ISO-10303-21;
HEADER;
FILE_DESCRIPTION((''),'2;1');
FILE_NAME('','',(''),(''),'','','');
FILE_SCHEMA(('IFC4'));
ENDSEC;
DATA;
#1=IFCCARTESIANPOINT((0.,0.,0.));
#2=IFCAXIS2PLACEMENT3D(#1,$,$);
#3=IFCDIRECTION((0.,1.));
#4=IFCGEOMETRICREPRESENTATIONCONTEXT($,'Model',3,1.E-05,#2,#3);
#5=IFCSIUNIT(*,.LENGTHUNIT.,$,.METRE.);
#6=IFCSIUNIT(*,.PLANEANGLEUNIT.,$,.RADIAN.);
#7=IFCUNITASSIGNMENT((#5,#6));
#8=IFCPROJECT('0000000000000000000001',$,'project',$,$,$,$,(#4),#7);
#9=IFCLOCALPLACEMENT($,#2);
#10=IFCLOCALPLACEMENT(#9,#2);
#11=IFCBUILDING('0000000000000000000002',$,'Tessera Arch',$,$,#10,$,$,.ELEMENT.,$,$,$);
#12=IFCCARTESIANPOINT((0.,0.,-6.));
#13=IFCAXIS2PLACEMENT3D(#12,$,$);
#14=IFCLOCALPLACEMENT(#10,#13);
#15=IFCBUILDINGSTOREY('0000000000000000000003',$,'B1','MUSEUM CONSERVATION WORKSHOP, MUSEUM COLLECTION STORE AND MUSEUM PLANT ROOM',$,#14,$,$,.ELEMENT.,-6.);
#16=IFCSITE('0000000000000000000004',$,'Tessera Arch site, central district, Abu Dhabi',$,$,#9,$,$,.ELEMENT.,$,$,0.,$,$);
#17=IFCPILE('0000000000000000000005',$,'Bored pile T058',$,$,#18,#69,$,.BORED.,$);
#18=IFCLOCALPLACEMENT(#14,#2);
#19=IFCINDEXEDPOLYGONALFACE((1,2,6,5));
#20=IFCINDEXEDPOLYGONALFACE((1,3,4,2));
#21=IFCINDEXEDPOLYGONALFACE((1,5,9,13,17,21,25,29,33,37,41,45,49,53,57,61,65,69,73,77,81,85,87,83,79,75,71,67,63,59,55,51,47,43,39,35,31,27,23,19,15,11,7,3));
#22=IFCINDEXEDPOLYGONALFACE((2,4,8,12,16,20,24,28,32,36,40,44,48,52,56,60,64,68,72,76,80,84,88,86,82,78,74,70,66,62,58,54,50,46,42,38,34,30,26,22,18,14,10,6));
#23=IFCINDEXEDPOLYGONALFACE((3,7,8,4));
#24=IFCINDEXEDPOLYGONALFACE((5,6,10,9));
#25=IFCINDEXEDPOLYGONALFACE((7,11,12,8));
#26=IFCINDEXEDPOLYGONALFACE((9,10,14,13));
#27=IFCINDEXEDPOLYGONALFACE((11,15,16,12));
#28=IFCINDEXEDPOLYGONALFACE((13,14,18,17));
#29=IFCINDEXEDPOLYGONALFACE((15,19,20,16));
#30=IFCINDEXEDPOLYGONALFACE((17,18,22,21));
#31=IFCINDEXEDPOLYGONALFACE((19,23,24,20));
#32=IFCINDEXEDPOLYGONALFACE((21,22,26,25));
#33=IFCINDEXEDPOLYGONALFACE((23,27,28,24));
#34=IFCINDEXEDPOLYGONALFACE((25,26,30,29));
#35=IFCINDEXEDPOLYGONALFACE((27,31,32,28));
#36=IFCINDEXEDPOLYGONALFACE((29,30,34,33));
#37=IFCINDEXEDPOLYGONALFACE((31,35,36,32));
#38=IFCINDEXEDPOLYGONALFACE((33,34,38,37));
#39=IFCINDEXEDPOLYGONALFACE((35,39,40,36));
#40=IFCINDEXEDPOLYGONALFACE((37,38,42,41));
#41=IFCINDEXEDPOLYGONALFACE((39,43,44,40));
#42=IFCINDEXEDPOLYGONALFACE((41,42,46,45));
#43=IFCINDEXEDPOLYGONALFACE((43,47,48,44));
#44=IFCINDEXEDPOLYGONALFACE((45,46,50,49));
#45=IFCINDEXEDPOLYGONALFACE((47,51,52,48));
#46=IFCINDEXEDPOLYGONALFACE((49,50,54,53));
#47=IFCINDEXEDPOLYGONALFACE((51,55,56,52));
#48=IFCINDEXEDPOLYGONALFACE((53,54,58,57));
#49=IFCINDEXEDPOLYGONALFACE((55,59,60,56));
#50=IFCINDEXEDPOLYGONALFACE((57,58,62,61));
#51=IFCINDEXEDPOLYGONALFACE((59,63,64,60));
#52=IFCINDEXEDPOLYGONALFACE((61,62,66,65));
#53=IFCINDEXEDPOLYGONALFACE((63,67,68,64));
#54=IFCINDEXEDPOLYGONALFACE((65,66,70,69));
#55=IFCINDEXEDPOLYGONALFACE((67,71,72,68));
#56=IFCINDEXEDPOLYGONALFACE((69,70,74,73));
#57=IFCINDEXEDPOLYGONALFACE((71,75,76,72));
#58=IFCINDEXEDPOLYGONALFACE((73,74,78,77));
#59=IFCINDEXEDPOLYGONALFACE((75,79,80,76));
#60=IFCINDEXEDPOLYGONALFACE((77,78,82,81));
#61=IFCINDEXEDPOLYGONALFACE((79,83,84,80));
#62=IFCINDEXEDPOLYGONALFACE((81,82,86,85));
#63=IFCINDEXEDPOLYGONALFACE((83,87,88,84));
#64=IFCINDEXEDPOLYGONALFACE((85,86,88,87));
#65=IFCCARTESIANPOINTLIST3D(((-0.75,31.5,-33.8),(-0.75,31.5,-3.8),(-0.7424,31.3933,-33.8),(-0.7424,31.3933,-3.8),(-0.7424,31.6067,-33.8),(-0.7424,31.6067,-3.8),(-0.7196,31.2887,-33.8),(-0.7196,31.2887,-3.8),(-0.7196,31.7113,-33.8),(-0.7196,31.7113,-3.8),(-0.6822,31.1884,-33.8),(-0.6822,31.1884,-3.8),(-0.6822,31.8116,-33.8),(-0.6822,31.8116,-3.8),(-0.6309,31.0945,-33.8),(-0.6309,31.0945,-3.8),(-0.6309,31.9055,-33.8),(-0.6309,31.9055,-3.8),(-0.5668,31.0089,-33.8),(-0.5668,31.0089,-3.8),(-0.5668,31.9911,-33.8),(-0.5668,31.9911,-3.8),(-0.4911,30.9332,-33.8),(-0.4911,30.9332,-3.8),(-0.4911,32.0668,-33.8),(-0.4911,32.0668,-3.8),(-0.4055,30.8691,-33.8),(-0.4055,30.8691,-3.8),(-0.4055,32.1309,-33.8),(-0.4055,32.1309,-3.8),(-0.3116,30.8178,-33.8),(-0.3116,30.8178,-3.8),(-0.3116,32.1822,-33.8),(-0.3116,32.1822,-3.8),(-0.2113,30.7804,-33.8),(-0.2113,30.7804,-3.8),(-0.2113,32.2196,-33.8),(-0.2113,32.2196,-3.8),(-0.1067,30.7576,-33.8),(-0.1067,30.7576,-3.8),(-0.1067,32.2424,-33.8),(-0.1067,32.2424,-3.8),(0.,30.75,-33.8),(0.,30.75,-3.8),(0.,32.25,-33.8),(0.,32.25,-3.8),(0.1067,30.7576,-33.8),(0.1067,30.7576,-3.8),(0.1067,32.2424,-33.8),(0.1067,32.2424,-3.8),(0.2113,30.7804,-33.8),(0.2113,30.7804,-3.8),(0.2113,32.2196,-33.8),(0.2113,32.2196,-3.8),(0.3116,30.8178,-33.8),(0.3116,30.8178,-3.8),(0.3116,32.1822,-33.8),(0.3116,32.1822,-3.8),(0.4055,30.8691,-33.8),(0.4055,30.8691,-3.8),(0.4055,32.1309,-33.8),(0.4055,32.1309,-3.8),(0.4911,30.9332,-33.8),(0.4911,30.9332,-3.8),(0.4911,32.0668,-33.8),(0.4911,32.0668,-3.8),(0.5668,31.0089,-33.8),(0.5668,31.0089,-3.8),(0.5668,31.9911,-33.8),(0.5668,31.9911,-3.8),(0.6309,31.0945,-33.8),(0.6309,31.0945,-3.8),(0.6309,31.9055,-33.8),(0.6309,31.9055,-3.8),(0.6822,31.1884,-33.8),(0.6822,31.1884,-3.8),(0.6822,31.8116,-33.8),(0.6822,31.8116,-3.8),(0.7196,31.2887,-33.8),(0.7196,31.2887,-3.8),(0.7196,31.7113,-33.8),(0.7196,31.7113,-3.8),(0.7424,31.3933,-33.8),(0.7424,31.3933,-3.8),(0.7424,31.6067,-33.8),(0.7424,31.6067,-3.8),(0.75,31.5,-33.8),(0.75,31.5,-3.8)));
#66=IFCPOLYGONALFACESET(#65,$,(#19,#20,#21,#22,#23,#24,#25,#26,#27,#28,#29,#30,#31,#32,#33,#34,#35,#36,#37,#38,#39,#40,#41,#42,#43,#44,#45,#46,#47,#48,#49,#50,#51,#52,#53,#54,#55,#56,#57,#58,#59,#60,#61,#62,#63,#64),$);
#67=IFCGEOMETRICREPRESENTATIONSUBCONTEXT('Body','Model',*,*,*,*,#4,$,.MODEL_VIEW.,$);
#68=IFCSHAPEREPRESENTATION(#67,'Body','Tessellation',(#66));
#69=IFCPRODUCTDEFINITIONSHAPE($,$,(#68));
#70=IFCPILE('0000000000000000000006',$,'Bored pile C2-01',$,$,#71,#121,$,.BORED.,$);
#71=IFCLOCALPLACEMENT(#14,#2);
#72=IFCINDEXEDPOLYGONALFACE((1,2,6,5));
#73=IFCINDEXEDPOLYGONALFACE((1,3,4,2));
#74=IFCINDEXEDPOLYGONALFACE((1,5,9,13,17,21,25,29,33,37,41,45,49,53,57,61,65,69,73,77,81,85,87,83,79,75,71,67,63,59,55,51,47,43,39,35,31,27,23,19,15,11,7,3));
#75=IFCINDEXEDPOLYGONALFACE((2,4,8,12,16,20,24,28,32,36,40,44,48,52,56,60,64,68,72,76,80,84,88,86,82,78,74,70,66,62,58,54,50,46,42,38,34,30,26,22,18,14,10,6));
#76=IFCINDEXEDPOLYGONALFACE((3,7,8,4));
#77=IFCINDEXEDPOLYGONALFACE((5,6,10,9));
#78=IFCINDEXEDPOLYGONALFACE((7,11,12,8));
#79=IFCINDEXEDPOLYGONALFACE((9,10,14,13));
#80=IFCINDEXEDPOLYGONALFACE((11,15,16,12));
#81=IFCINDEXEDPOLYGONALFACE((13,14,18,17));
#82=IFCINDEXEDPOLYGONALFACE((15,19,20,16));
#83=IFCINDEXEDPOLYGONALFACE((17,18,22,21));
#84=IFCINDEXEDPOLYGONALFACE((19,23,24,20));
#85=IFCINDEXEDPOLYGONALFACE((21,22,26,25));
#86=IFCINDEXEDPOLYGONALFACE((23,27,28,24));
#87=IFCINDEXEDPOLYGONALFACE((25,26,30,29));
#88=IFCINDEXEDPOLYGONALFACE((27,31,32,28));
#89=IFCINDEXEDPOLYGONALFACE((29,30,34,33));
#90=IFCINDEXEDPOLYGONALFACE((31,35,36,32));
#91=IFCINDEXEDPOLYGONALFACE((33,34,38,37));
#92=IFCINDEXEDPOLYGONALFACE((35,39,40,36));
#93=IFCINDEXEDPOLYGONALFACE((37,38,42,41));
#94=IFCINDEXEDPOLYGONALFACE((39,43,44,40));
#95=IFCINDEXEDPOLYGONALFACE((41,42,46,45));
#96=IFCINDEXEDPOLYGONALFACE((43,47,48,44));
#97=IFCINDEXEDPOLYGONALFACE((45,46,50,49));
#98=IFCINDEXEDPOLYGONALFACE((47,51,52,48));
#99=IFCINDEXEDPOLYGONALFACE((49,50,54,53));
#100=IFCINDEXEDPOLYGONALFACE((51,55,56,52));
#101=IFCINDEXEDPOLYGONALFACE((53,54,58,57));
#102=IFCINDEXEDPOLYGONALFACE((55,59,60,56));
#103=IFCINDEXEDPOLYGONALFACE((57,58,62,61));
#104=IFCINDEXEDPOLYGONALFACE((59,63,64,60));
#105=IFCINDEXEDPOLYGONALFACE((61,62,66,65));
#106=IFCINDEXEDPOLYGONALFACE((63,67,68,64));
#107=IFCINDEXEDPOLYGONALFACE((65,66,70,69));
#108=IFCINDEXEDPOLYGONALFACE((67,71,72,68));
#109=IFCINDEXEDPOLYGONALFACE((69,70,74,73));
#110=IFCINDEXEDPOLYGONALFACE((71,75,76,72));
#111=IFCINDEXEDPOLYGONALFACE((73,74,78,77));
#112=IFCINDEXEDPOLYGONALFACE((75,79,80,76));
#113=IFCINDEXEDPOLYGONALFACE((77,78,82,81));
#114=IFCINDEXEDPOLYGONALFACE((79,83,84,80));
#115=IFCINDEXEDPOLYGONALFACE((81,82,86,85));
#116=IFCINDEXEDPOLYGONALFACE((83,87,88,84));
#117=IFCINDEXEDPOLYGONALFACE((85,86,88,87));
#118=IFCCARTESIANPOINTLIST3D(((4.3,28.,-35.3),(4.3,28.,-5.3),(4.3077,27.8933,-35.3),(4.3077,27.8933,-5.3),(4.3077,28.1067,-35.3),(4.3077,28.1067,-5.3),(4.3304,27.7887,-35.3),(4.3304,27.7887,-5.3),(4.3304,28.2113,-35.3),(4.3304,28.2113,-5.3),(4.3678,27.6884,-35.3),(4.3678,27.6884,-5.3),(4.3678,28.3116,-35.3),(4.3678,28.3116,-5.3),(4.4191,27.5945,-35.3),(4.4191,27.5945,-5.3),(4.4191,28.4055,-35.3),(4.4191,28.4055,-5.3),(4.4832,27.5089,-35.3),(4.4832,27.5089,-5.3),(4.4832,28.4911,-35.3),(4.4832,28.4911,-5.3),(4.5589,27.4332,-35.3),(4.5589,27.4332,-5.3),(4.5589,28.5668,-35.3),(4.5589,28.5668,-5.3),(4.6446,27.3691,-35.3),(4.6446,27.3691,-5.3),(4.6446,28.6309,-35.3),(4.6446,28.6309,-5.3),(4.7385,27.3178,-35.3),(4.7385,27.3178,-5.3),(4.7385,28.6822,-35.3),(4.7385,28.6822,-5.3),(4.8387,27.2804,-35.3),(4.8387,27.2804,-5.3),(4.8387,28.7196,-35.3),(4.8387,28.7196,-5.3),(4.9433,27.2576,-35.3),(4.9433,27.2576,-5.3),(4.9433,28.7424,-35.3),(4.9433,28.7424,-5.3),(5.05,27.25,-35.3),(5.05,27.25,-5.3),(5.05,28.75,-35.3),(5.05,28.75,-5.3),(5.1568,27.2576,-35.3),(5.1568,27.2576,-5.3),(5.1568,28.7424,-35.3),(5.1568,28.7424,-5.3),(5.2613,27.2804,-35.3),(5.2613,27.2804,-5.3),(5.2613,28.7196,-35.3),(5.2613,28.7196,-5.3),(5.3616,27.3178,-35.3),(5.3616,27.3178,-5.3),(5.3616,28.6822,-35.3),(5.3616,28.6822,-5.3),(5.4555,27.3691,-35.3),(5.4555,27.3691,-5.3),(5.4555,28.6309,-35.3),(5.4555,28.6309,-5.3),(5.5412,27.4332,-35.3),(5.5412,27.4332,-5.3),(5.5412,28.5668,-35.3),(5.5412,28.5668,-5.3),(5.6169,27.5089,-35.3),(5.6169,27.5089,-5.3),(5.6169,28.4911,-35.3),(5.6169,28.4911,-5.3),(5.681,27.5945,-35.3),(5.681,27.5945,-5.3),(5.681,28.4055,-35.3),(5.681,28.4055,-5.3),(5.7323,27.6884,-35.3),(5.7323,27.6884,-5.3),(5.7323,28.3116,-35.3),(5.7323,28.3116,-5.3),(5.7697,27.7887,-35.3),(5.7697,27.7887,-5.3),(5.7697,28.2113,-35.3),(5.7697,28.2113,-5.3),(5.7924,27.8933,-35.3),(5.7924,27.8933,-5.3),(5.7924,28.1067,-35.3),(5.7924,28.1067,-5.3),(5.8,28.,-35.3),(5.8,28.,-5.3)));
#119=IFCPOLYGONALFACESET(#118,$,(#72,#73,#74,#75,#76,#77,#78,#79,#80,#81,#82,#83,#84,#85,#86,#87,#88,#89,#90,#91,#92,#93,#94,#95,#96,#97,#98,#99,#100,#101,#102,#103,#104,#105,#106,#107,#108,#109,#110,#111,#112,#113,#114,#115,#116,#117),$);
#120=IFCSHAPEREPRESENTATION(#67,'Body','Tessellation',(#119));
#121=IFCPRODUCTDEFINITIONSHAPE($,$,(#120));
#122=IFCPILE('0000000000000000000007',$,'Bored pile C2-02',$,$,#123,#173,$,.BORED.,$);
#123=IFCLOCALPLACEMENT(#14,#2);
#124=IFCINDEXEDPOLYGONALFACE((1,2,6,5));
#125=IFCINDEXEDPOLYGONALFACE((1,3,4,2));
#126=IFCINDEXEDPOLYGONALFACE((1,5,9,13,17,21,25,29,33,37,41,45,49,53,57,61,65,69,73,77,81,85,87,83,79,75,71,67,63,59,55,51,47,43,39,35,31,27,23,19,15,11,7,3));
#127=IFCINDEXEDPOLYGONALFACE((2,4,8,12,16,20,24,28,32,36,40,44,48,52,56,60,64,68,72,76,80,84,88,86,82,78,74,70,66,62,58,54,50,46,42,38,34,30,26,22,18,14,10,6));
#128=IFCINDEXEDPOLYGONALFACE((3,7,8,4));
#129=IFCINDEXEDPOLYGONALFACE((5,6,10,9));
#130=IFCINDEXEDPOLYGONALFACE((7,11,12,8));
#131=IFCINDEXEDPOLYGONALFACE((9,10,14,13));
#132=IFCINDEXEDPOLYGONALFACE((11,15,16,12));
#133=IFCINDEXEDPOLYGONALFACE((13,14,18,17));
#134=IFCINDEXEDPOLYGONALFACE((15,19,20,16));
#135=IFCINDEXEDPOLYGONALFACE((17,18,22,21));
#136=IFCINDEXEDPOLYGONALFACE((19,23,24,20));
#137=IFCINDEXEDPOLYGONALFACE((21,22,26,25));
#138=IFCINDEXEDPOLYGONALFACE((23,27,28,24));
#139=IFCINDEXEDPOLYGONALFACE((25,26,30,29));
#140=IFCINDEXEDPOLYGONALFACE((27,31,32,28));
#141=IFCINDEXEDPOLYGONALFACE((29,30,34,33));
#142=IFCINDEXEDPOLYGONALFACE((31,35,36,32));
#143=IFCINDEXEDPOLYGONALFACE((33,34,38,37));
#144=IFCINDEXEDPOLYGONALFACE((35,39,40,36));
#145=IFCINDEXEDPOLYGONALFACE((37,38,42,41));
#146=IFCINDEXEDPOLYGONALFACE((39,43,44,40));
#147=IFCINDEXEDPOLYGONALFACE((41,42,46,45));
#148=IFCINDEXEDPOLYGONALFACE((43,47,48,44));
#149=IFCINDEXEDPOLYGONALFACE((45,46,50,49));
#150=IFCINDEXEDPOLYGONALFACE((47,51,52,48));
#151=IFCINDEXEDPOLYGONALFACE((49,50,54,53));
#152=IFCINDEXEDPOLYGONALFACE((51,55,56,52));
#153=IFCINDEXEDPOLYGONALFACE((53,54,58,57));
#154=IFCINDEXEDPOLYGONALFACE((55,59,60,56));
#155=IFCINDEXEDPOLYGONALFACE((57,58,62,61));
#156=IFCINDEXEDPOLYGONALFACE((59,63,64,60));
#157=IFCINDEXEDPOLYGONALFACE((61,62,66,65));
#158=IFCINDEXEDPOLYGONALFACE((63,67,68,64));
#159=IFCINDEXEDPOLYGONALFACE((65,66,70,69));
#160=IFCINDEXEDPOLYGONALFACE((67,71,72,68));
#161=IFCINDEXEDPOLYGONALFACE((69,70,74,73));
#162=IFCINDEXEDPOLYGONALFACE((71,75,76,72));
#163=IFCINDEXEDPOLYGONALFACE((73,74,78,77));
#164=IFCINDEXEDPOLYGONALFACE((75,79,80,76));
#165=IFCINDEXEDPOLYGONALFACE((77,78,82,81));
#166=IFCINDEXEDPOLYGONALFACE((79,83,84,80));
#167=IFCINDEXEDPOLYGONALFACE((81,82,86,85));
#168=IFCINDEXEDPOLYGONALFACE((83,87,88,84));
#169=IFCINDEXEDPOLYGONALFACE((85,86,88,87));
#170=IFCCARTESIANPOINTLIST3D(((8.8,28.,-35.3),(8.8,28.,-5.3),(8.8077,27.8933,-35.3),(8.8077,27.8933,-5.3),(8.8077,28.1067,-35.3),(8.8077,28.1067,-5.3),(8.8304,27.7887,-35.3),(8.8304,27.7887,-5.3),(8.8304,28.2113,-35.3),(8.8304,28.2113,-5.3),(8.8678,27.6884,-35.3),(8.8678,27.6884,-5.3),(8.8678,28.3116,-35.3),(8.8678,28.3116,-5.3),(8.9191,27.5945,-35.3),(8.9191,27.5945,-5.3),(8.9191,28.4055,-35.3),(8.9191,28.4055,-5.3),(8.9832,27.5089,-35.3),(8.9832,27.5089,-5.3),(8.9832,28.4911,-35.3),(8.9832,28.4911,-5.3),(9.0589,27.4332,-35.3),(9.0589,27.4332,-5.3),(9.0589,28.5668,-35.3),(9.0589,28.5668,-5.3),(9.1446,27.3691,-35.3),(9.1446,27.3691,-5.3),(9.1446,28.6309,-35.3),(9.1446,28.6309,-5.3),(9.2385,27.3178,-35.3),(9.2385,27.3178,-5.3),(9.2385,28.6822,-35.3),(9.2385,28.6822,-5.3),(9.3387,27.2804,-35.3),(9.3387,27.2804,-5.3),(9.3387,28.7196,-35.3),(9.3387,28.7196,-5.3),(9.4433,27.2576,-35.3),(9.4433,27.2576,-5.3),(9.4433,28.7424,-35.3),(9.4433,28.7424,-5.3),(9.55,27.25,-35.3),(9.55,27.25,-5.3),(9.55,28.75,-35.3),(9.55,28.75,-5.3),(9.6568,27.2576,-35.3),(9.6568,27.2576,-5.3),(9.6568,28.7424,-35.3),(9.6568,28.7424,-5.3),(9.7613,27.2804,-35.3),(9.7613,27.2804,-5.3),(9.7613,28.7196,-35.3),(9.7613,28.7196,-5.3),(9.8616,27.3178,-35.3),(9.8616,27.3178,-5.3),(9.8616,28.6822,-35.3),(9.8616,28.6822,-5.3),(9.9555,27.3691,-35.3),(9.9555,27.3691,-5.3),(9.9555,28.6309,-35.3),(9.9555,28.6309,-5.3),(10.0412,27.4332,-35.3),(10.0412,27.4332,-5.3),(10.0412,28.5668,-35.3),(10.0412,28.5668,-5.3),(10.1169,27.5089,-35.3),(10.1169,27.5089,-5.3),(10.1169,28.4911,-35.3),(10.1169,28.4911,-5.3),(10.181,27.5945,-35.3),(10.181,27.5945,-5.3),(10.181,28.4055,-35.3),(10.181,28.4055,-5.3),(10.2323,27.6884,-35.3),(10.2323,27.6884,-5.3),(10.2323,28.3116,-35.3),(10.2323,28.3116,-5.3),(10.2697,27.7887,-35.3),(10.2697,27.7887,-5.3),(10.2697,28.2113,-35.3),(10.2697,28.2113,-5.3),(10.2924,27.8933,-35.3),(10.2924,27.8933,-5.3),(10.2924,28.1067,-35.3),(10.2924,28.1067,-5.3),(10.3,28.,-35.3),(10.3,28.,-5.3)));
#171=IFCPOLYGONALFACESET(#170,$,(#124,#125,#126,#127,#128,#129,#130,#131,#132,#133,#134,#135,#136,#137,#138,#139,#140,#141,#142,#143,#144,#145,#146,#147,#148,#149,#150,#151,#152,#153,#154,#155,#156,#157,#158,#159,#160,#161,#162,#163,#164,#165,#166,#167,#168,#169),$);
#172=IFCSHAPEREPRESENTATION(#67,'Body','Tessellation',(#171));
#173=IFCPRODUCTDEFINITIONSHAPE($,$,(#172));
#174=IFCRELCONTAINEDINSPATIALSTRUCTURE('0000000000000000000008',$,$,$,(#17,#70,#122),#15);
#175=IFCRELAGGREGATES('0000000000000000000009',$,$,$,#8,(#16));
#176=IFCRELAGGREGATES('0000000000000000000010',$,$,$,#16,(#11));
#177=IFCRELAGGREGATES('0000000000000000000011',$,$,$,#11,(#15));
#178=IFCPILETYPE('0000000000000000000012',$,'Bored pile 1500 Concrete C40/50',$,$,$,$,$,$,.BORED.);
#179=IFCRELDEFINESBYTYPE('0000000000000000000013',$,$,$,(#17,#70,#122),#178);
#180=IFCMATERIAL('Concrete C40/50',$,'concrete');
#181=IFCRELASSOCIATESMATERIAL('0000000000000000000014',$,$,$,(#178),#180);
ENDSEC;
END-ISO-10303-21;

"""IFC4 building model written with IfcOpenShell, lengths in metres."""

from ifc_helpers import new_model, si_unit, direction, frame, origin, origin_2d, place, context, subcontext, project, spatial, circle, extrude, material, type_object, element, save


model = new_model("IFC4")

# Units and contexts
model_context = context("Model", 3, precision=1e-05, world=origin(), true_north=direction((0.0, 1.0)))
body_context = subcontext(model_context, "Body", "Model", "MODEL_VIEW")
ifc_project = project(units=[si_unit("LENGTHUNIT", "METRE"), si_unit("PLANEANGLEUNIT", "RADIAN")], contexts=[model_context])

# Site, building, storey
site_placement = place(None, origin())
site = spatial("IfcSite", under=ifc_project, at=site_placement, Name="Tessera Arch site, central district, Abu Dhabi", CompositionType="ELEMENT", RefElevation=0.0)
building_placement = place(site_placement, origin())
building = spatial("IfcBuilding", under=site, at=building_placement, Name="Tessera Arch", CompositionType="ELEMENT")
storey_placement = place(building_placement, frame((0.0, 0.0, -6.0)))
storey = spatial("IfcBuildingStorey", under=building, at=storey_placement, Name="B1", Description="MUSEUM CONSERVATION WORKSHOP, MUSEUM COLLECTION STORE AND MUSEUM PLANT ROOM", CompositionType="ELEMENT", Elevation=-6.0)

# Piles
ifc_material_1 = material(Name="Concrete C40/50", Category="concrete")
pile_type_1 = type_object("IfcPileType", Name="Bored pile 1500 Concrete C40/50", PredefinedType="BORED", material=ifc_material_1)
for number, where, z_axis, x_axis, name in (
    (1, (0.0, 31.5, -3.8), (0.0, 0.0, -1.0), (1.0, 0.0, 0.0), "Bored pile T058"),
    (2, (5.05, 28.0, -5.3), (0.0, 0.0, -1.0), (1.0, 0.0, 0.0), "Bored pile C2-01"),
    (3, (9.55, 28.0, -5.3), (0.0, 0.0, -1.0), (1.0, 0.0, 0.0), "Bored pile C2-02"),
):
    element("IfcPile", number, at=place(storey_placement, frame(where, z_axis=z_axis, x_axis=x_axis)), inside=storey, type_object=pile_type_1, Name=name, PredefinedType="BORED", context=body_context, shape_type="SweptSolid", body=[
        extrude(circle(Radius=0.75, at=origin_2d()), origin(), (0.0, 0.0, 1.0), 30.0),
    ])

save(model, "model.ifc")
